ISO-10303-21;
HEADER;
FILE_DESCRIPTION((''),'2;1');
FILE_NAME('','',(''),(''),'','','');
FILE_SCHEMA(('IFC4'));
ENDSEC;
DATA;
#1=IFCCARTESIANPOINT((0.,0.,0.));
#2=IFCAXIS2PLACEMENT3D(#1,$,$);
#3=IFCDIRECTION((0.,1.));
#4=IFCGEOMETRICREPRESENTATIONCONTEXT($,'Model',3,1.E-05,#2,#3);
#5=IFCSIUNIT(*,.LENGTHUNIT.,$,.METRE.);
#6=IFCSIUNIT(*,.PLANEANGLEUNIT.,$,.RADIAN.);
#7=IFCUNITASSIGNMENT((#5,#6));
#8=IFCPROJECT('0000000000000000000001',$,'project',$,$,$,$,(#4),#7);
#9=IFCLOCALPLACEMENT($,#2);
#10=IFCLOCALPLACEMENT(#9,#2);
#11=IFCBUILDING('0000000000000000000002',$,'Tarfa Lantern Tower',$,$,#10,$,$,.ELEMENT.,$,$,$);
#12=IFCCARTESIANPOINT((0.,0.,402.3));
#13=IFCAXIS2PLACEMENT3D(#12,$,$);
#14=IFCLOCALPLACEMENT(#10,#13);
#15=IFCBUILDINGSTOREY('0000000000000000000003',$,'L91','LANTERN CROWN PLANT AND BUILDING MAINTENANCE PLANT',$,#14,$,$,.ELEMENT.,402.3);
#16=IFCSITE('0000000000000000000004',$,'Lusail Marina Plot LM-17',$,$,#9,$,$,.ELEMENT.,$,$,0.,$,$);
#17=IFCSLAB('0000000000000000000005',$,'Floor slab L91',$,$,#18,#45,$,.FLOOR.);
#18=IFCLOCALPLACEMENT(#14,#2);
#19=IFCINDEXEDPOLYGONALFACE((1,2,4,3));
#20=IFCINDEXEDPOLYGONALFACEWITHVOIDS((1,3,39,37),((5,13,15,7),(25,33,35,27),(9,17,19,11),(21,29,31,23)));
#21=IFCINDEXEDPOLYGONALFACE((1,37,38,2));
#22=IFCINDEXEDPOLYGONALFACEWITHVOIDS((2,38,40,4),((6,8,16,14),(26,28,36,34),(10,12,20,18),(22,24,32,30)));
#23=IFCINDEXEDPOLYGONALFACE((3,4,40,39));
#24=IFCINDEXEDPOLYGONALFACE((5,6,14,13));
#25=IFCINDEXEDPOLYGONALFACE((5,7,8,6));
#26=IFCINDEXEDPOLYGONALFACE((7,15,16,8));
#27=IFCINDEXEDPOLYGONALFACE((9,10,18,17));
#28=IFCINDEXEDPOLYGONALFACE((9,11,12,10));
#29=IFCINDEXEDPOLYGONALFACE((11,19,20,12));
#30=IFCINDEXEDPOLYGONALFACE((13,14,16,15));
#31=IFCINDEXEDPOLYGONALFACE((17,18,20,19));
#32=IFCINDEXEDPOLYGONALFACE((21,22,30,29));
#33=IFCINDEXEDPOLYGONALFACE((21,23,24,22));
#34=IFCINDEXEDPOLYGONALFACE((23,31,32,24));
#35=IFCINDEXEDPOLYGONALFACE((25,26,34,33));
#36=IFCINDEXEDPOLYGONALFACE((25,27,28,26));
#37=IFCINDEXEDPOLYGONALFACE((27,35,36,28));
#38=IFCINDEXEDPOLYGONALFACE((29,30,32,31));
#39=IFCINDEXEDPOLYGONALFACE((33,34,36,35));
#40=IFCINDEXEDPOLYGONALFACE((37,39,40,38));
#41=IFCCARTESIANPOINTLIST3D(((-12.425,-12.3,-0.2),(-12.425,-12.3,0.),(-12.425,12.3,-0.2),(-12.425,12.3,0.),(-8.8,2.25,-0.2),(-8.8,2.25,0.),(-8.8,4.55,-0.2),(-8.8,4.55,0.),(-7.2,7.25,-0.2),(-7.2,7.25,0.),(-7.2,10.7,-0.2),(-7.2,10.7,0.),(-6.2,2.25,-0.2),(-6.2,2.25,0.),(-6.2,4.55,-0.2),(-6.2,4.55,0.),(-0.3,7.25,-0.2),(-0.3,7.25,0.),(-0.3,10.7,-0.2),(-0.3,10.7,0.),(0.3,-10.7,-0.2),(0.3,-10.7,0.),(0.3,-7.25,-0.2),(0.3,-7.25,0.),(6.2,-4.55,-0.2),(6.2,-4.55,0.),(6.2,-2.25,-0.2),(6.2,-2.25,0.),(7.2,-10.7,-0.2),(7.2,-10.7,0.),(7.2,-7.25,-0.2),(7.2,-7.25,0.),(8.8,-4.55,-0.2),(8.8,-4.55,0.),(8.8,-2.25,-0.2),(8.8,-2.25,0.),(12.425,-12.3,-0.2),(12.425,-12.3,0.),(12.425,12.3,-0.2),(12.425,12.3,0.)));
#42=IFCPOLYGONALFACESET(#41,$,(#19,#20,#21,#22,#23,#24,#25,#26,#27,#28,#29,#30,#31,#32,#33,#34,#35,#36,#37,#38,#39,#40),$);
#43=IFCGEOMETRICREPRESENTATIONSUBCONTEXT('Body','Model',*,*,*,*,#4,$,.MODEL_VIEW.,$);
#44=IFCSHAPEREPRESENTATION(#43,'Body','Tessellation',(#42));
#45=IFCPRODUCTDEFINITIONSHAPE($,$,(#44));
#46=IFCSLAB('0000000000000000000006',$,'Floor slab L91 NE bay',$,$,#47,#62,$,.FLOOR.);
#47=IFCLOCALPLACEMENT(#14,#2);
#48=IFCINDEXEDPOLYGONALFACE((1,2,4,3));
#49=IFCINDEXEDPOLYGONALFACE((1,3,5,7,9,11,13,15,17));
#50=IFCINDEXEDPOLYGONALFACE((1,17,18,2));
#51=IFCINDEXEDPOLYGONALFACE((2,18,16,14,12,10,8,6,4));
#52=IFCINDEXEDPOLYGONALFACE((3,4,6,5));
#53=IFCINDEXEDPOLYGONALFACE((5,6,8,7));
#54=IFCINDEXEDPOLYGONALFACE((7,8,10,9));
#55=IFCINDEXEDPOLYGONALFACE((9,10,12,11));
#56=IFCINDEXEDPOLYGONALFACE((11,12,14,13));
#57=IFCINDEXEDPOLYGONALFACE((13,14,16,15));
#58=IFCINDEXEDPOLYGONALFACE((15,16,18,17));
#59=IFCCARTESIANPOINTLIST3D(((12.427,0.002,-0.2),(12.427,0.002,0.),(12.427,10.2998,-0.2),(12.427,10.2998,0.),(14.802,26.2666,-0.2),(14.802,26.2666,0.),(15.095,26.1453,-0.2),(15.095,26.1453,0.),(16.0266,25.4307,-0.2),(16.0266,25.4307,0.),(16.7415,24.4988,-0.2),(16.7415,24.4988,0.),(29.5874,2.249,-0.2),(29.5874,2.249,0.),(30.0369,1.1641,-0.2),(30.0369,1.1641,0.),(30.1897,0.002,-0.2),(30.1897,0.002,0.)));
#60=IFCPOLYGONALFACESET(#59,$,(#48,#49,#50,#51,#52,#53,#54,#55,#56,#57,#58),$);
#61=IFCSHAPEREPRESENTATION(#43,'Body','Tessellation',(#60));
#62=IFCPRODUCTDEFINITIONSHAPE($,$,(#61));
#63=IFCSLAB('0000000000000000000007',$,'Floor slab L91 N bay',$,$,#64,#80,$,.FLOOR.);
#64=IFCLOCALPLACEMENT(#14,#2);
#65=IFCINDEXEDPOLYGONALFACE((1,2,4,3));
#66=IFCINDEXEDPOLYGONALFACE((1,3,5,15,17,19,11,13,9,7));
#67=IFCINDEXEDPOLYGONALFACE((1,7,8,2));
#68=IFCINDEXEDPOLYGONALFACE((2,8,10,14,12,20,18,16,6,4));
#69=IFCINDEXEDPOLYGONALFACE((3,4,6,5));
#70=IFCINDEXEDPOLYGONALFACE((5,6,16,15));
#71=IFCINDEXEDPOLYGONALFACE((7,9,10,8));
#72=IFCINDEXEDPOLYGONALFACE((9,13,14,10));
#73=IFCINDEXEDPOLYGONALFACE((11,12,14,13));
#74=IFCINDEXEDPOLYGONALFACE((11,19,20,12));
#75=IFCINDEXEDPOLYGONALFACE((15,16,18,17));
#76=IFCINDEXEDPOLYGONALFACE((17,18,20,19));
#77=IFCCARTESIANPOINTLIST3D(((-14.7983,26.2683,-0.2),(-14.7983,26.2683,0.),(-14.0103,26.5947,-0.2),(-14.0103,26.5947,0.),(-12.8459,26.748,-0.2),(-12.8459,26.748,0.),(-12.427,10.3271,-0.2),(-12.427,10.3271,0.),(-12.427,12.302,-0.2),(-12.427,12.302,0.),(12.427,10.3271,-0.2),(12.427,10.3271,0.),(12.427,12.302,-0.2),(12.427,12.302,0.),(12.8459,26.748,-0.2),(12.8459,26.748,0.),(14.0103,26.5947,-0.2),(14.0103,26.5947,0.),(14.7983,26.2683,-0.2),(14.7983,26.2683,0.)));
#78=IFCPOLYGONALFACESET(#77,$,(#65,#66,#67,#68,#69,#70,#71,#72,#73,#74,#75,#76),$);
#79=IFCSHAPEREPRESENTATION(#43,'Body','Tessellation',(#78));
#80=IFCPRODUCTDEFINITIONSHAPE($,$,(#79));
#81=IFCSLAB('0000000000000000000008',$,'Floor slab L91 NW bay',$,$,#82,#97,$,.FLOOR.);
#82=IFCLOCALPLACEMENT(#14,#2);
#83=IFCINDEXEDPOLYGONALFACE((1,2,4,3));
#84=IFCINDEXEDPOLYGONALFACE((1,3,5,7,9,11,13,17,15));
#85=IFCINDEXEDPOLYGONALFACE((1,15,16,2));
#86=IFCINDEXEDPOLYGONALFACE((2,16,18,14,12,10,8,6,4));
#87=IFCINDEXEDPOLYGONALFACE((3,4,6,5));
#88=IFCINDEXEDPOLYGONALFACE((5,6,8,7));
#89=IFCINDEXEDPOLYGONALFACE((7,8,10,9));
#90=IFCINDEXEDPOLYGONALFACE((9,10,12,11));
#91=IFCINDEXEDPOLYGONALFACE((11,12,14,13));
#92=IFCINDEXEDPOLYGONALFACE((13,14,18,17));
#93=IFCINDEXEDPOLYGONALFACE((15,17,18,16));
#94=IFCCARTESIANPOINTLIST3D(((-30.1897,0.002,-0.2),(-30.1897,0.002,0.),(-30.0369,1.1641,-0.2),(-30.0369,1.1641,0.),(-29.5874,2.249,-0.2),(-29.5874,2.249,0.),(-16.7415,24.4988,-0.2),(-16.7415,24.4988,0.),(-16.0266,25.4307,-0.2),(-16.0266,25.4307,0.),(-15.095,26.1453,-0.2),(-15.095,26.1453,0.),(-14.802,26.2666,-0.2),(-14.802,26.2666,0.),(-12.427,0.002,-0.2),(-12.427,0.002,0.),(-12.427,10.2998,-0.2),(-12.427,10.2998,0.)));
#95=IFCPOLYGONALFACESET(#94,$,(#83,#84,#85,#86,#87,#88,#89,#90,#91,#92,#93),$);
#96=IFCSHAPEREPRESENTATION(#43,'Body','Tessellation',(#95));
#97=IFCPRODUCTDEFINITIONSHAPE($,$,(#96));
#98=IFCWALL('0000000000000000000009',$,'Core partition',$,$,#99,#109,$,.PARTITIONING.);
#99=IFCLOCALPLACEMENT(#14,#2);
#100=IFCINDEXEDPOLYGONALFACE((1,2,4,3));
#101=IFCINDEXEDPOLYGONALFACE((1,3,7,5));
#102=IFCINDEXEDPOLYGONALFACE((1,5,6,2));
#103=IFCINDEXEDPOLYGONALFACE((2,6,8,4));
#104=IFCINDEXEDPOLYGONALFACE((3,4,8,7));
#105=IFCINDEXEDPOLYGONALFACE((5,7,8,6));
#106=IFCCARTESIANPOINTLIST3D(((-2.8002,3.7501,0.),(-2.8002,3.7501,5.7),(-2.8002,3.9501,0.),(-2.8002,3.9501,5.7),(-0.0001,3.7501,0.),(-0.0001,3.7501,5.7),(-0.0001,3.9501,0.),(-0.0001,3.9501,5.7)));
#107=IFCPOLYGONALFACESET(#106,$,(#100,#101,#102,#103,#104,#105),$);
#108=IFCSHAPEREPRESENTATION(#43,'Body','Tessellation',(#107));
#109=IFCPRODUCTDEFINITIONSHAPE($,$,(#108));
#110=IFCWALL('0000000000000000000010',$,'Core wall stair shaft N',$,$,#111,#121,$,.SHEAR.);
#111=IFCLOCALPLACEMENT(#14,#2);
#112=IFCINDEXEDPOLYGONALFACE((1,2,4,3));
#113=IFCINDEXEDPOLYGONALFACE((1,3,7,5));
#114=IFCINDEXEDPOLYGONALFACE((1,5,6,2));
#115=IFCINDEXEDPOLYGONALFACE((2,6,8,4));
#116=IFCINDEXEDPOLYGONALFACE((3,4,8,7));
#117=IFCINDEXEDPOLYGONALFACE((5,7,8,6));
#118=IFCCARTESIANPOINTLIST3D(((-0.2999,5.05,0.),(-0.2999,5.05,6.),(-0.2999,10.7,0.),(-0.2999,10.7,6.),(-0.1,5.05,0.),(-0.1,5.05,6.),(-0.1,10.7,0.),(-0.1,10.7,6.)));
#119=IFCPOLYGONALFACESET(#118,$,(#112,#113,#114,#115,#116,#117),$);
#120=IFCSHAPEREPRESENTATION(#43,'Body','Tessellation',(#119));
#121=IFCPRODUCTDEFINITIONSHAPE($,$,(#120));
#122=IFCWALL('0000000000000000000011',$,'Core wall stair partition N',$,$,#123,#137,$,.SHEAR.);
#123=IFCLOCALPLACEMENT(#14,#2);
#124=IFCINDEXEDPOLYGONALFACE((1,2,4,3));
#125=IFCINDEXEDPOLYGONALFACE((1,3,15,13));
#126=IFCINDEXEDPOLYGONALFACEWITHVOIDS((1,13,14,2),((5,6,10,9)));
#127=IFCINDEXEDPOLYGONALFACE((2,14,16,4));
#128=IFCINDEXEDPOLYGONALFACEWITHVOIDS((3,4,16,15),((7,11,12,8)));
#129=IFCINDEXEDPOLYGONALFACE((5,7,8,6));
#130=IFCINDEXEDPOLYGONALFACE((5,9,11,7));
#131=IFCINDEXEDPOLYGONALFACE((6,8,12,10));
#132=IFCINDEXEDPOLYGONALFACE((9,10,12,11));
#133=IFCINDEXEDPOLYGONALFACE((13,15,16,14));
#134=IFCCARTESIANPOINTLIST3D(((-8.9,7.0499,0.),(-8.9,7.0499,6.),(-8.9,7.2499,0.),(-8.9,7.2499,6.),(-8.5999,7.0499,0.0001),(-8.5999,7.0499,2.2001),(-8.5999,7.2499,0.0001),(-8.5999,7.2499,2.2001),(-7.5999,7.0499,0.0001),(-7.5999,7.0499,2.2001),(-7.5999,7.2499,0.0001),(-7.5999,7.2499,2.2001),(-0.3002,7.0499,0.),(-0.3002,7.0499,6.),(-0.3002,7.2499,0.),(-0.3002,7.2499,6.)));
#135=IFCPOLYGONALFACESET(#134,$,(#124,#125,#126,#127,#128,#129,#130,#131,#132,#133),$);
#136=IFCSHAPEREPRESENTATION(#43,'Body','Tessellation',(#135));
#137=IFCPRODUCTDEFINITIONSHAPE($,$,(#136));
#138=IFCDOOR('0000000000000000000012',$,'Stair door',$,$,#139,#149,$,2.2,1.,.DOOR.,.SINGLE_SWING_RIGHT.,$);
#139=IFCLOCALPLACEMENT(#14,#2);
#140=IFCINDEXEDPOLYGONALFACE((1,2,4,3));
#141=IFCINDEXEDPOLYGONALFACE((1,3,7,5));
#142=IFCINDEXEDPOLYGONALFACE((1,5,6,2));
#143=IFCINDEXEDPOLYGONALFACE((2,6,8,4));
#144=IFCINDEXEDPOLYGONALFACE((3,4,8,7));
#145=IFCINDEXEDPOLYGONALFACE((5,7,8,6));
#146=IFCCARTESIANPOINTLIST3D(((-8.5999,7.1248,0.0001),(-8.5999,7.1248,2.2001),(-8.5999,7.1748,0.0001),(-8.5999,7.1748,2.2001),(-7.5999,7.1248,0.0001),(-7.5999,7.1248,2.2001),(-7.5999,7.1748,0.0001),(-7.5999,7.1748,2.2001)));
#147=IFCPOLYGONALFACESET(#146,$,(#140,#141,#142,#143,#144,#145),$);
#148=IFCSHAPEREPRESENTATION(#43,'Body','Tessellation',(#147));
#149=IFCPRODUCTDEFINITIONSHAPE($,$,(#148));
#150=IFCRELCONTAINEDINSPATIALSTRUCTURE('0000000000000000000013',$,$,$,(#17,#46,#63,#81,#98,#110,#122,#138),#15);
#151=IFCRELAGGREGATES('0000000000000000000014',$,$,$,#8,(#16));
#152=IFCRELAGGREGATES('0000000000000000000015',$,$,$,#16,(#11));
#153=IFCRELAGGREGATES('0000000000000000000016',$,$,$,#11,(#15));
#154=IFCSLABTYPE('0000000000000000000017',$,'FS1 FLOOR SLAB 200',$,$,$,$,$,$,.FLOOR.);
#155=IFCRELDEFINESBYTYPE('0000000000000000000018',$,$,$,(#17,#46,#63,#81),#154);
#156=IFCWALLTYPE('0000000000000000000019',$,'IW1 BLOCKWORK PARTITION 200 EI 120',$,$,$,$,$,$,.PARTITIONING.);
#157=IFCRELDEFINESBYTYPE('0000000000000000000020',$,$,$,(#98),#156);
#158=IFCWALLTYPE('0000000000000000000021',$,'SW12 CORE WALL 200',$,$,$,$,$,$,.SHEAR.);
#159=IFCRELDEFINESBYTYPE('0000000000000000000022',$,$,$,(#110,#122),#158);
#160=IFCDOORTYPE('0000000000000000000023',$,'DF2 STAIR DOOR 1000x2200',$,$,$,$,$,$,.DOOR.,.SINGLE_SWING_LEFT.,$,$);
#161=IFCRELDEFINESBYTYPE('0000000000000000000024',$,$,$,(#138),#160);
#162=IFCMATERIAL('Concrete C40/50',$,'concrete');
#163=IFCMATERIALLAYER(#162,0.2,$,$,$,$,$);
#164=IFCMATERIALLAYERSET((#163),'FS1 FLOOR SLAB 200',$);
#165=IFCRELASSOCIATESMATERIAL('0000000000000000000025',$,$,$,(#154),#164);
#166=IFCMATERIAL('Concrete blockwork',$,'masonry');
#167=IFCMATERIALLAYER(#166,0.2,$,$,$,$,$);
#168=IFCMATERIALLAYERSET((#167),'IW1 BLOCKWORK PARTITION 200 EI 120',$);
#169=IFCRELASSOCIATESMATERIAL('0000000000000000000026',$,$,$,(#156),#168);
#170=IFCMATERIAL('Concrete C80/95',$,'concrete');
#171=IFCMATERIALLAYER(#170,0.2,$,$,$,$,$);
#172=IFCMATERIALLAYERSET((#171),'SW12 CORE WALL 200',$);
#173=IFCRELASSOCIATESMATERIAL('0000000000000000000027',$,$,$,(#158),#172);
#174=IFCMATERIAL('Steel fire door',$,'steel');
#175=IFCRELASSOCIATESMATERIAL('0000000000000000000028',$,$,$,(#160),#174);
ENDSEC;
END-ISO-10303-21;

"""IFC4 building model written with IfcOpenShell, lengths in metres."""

from ifc_helpers import new_model, si_unit, direction, frame, frame_2d, origin, place, context, subcontext, project, spatial, polyline, rectangle, outline, extrude, material, layer, layer_set, type_object, element, fill, save


model = new_model("IFC4")

# Units and contexts
model_context = context("Model", 3, precision=1e-05, world=origin(), true_north=direction((0.0, 1.0)))
body_context = subcontext(model_context, "Body", "Model", "MODEL_VIEW")
ifc_project = project(units=[si_unit("LENGTHUNIT", "METRE"), si_unit("PLANEANGLEUNIT", "RADIAN")], contexts=[model_context])

# Site, building, storey
site_placement = place(None, origin())
site = spatial("IfcSite", under=ifc_project, at=site_placement, Name="Lusail Marina Plot LM-17", CompositionType="ELEMENT", RefElevation=0.0)
building_placement = place(site_placement, origin())
building = spatial("IfcBuilding", under=site, at=building_placement, Name="Tarfa Lantern Tower", CompositionType="ELEMENT")
storey_placement = place(building_placement, frame((0.0, 0.0, 402.3)))
storey = spatial("IfcBuildingStorey", under=building, at=storey_placement, Name="L91", Description="LANTERN CROWN PLANT AND BUILDING MAINTENANCE PLANT", CompositionType="ELEMENT", Elevation=402.3)

# Slabs
ifc_material_1 = material(Name="Concrete C40/50", Category="concrete")
ifc_layer_1 = layer(ifc_material_1, 0.2)
ifc_layer_set_1 = layer_set([ifc_layer_1], Name="FS1 FLOOR SLAB 200")
slab_type = type_object("IfcSlabType", Name="FS1 FLOOR SLAB 200", PredefinedType="FLOOR", material=ifc_layer_set_1)
slab_1_placement = place(storey_placement, frame((0.0, 0.0, -0.2)))
element("IfcSlab", 1, at=slab_1_placement, inside=storey, type_object=slab_type, Name="Floor slab L91", PredefinedType="FLOOR", context=body_context, shape_type="SweptSolid", body=[
    extrude(outline(polyline([(-12.425, -12.3), (12.425, -12.3), (12.425, 12.3), (-12.425, 12.3), (-12.425, -12.3)]), holes=[polyline([(-8.8, 2.25), (-6.2, 2.25), (-6.2, 4.55), (-8.8, 4.55), (-8.8, 2.25)]), polyline([(8.8, -2.25), (6.2, -2.25), (6.2, -4.55), (8.8, -4.55), (8.8, -2.25)]), polyline([(-7.2, 7.25), (-0.3, 7.25), (-0.3, 10.7), (-7.2, 10.7), (-7.2, 7.25)]), polyline([(7.2, -7.25), (0.3, -7.25), (0.3, -10.7), (7.2, -10.7), (7.2, -7.25)])]), origin(), (0.0, 0.0, 1.0), 0.2),
])
slab_2_placement = place(storey_placement, frame((0.0, 0.0, -0.2)))
element("IfcSlab", 2, at=slab_2_placement, inside=storey, type_object=slab_type, Name="Floor slab L91 NE bay", PredefinedType="FLOOR", context=body_context, shape_type="SweptSolid", body=[
    extrude(outline(polyline([(29.5874, 2.249), (16.7415, 24.4988), (16.0266, 25.4307), (15.095, 26.1453), (14.802, 26.2666), (12.427, 10.2998), (12.427, 0.002), (30.1897, 0.002), (30.0369, 1.1641), (29.5874, 2.249)])), origin(), (0.0, 0.0, 1.0), 0.2),
])
slab_3_placement = place(storey_placement, frame((0.0, 0.0, -0.2)))
element("IfcSlab", 3, at=slab_3_placement, inside=storey, type_object=slab_type, Name="Floor slab L91 N bay", PredefinedType="FLOOR", context=body_context, shape_type="SweptSolid", body=[
    extrude(outline(polyline([(-12.427, 10.3271), (-12.427, 12.302), (12.427, 12.302), (12.427, 10.3271), (14.7983, 26.2683), (14.0103, 26.5947), (12.8459, 26.748), (-12.8459, 26.748), (-14.0103, 26.5947), (-14.7983, 26.2683), (-12.427, 10.3271)])), origin(), (0.0, 0.0, 1.0), 0.2),
])
slab_4_placement = place(storey_placement, frame((0.0, 0.0, -0.2)))
element("IfcSlab", 4, at=slab_4_placement, inside=storey, type_object=slab_type, Name="Floor slab L91 NW bay", PredefinedType="FLOOR", context=body_context, shape_type="SweptSolid", body=[
    extrude(outline(polyline([(-12.427, 0.002), (-12.427, 10.2998), (-14.802, 26.2666), (-15.095, 26.1453), (-16.0266, 25.4307), (-16.7415, 24.4988), (-29.5874, 2.249), (-30.0369, 1.1641), (-30.1897, 0.002), (-12.427, 0.002)])), origin(), (0.0, 0.0, 1.0), 0.2),
])

# Walls
ifc_material_2 = material(Name="Concrete blockwork", Category="masonry")
ifc_layer_2 = layer(ifc_material_2, 0.2)
ifc_layer_set_2 = layer_set([ifc_layer_2], Name="IW1 BLOCKWORK PARTITION 200 EI 120")
wall_type_1 = type_object("IfcWallType", Name="IW1 BLOCKWORK PARTITION 200 EI 120", PredefinedType="PARTITIONING", material=ifc_layer_set_2)
wall_1_placement = place(storey_placement, frame((-2.8, 3.8501, 0.0), z_axis=(0.0, 0.0, 1.0), x_axis=(1.0, 0.0, 0.0)))
element("IfcWall", 5, at=wall_1_placement, inside=storey, type_object=wall_type_1, Name="Core partition", PredefinedType="PARTITIONING", context=body_context, shape_type="SweptSolid", body=[
    extrude(rectangle(XDim=2.8, YDim=0.2, at=frame_2d((1.3999, 0.0))), origin(), (0.0, 0.0, 1.0), 5.7),
])
ifc_material_3 = material(Name="Concrete C80/95", Category="concrete")
ifc_layer_3 = layer(ifc_material_3, 0.2)
ifc_layer_set_3 = layer_set([ifc_layer_3], Name="SW12 CORE WALL 200")
wall_type_2 = type_object("IfcWallType", Name="SW12 CORE WALL 200", PredefinedType="SHEAR", material=ifc_layer_set_3)
wall_2_placement = place(storey_placement, frame((-0.2, 5.05, 0.0), z_axis=(0.0, 0.0, 1.0), x_axis=(0.0, 1.0, 0.0)))
element("IfcWall", 6, at=wall_2_placement, inside=storey, type_object=wall_type_2, Name="Core wall stair shaft N", PredefinedType="SHEAR", context=body_context, shape_type="SweptSolid", body=[
    extrude(rectangle(XDim=5.6499, YDim=0.2, at=frame_2d((2.825, 0.0))), origin(), (0.0, 0.0, 1.0), 6.0),
])

# Wall, opening, door
wall_3_placement = place(storey_placement, frame((-8.8999, 7.1499, 0.0), z_axis=(0.0, 0.0, 1.0), x_axis=(1.0, 0.0, 0.0)))
wall_3 = element("IfcWall", 7, at=wall_3_placement, inside=storey, type_object=wall_type_2, Name="Core wall stair partition N", PredefinedType="SHEAR", context=body_context, shape_type="SweptSolid", body=[
    extrude(rectangle(XDim=8.5999, YDim=0.2, at=frame_2d((4.2998, 0.0))), origin(), (0.0, 0.0, 1.0), 6.0),
])
opening_1_placement = place(wall_3_placement, frame((0.3, 0.0, 0.0)))
opening_1 = element("IfcOpeningElement", 8, at=opening_1_placement, cuts=wall_3, PredefinedType="OPENING", context=body_context, shape_type="SweptSolid", body=[
    extrude(rectangle(XDim=1.0, YDim=2.2, at=frame_2d((0.5, 1.1001))), frame((0.0, 0.1099, 0.0), z_axis=(0.0, -1.0, 0.0), x_axis=(1.0, 0.0, 0.0)), (0.0, 0.0, 1.0), 0.22),
])
ifc_material_4 = material(Name="Steel fire door", Category="steel")
door_type_1 = type_object("IfcDoorType", Name="DF2 STAIR DOOR 1000x2200", OperationType="SINGLE_SWING_LEFT", PredefinedType="DOOR", material=ifc_material_4)
door_1_placement = place(opening_1_placement, origin())
door_1 = element("IfcDoor", 9, at=door_1_placement, inside=storey, type_object=door_type_1, Name="Stair door", OperationType="SINGLE_SWING_RIGHT", OverallHeight=2.2, OverallWidth=1.0, PredefinedType="DOOR", context=body_context, shape_type="SweptSolid", body=[
    extrude(rectangle(XDim=1.0, YDim=2.2, at=frame_2d((0.5, 1.1001))), frame((0.0, 0.0249, 0.0), z_axis=(0.0, -1.0, 0.0), x_axis=(1.0, 0.0, 0.0)), (0.0, 0.0, 1.0), 0.05),
])
fill(opening_1, door_1)

save(model, "model.ifc")
